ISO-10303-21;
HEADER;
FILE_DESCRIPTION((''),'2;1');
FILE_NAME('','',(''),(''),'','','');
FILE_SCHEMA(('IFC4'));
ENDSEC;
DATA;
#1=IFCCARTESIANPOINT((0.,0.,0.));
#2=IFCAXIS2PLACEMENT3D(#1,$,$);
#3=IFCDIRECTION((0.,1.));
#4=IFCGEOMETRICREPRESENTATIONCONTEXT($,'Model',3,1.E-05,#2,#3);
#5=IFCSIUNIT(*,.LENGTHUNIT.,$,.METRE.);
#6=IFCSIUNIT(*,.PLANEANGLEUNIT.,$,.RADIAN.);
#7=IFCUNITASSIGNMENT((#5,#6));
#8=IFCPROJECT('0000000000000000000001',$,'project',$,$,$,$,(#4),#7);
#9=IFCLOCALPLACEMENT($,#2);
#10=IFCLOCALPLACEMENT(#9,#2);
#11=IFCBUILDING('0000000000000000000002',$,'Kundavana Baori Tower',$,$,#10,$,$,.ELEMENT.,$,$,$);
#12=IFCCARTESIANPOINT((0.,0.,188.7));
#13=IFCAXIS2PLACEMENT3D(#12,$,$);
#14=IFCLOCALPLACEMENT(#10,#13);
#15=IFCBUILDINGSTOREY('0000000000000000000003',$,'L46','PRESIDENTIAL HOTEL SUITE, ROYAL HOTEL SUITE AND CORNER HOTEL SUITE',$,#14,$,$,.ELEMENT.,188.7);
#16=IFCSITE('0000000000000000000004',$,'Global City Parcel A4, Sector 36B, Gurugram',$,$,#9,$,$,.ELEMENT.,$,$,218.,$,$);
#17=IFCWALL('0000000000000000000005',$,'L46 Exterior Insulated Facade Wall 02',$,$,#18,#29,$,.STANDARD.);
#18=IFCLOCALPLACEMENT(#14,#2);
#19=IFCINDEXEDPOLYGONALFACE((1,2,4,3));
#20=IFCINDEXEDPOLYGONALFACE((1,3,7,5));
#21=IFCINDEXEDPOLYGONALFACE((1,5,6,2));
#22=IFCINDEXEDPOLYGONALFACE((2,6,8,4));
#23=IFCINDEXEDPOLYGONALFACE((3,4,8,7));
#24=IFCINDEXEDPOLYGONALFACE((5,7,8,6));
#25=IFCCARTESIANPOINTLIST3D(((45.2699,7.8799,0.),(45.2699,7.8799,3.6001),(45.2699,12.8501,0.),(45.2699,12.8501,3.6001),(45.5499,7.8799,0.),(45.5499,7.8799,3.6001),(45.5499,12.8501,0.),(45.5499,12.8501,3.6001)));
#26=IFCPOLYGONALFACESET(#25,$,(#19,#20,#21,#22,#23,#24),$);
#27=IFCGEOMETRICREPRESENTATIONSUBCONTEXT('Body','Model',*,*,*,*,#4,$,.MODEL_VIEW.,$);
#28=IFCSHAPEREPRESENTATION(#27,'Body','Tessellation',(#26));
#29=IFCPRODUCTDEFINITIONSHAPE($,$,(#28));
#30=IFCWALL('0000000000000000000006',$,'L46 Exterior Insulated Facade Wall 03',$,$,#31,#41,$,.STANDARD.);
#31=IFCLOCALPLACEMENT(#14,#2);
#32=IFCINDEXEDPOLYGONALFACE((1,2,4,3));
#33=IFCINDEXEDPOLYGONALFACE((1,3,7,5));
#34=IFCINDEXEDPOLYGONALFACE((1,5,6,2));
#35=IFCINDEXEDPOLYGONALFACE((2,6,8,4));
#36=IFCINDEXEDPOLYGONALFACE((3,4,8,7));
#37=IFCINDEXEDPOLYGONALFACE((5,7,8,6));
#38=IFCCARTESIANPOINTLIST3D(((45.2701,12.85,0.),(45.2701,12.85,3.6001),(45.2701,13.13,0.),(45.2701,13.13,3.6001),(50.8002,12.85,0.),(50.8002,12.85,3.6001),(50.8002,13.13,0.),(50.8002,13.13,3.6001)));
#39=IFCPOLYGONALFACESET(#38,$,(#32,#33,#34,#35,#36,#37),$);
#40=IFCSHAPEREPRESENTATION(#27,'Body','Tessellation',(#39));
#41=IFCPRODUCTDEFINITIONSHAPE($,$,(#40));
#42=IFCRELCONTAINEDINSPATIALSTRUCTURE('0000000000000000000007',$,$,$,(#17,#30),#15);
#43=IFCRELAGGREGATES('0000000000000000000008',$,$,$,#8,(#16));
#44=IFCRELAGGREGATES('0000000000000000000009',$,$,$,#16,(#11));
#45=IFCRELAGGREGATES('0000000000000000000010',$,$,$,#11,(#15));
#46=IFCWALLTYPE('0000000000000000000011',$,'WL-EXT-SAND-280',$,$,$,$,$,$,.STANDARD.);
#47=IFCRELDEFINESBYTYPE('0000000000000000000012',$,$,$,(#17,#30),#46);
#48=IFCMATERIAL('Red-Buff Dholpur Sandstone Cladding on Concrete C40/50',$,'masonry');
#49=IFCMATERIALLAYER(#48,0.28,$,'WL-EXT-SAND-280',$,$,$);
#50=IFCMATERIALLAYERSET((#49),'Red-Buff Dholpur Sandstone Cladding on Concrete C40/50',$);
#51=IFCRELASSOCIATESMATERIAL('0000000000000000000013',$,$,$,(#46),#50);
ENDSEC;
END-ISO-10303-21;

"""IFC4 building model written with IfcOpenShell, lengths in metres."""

from ifc_helpers import new_model, si_unit, direction, frame, frame_2d, origin, place, context, subcontext, project, spatial, rectangle, extrude, material, layer, layer_set, type_object, element, save


model = new_model("IFC4")

# Units and contexts
model_context = context("Model", 3, precision=1e-05, world=origin(), true_north=direction((0.0, 1.0)))
body_context = subcontext(model_context, "Body", "Model", "MODEL_VIEW")
ifc_project = project(units=[si_unit("LENGTHUNIT", "METRE"), si_unit("PLANEANGLEUNIT", "RADIAN")], contexts=[model_context])

# Site, building, storey
site_placement = place(None, origin())
site = spatial("IfcSite", under=ifc_project, at=site_placement, Name="Global City Parcel A4, Sector 36B, Gurugram", CompositionType="ELEMENT", RefElevation=218.0)
building_placement = place(site_placement, origin())
building = spatial("IfcBuilding", under=site, at=building_placement, Name="Kundavana Baori Tower", CompositionType="ELEMENT")
storey_placement = place(building_placement, frame((0.0, 0.0, 188.7)))
storey = spatial("IfcBuildingStorey", under=building, at=storey_placement, Name="L46", Description="PRESIDENTIAL HOTEL SUITE, ROYAL HOTEL SUITE AND CORNER HOTEL SUITE", CompositionType="ELEMENT", Elevation=188.7)

# Walls
ifc_material_1 = material(Name="Red-Buff Dholpur Sandstone Cladding on Concrete C40/50", Category="masonry")
ifc_layer = layer(ifc_material_1, 0.28, Name="WL-EXT-SAND-280")
ifc_layer_set = layer_set([ifc_layer], Name="Red-Buff Dholpur Sandstone Cladding on Concrete C40/50")
wall_type = type_object("IfcWallType", Name="WL-EXT-SAND-280", PredefinedType="STANDARD", material=ifc_layer_set)
wall_1_placement = place(storey_placement, frame((45.4099, 7.8799, 0.0), z_axis=(0.0, 0.0, 1.0), x_axis=(0.0, 1.0, 0.0)))
element("IfcWall", 1, at=wall_1_placement, inside=storey, type_object=wall_type, Name="L46 Exterior Insulated Facade Wall 02", PredefinedType="STANDARD", context=body_context, shape_type="SweptSolid", body=[
    extrude(rectangle(XDim=4.9702, YDim=0.28, at=frame_2d((2.4851, 0.0))), origin(), (0.0, 0.0, 1.0), 3.6001),
])
wall_2_placement = place(storey_placement, frame((45.27, 12.99, 0.0), z_axis=(0.0, 0.0, 1.0), x_axis=(1.0, 0.0, 0.0)))
element("IfcWall", 2, at=wall_2_placement, inside=storey, type_object=wall_type, Name="L46 Exterior Insulated Facade Wall 03", PredefinedType="STANDARD", context=body_context, shape_type="SweptSolid", body=[
    extrude(rectangle(XDim=5.53, YDim=0.28, at=frame_2d((2.7651, 0.0))), origin(), (0.0, 0.0, 1.0), 3.6001),
])

save(model, "model.ifc")
